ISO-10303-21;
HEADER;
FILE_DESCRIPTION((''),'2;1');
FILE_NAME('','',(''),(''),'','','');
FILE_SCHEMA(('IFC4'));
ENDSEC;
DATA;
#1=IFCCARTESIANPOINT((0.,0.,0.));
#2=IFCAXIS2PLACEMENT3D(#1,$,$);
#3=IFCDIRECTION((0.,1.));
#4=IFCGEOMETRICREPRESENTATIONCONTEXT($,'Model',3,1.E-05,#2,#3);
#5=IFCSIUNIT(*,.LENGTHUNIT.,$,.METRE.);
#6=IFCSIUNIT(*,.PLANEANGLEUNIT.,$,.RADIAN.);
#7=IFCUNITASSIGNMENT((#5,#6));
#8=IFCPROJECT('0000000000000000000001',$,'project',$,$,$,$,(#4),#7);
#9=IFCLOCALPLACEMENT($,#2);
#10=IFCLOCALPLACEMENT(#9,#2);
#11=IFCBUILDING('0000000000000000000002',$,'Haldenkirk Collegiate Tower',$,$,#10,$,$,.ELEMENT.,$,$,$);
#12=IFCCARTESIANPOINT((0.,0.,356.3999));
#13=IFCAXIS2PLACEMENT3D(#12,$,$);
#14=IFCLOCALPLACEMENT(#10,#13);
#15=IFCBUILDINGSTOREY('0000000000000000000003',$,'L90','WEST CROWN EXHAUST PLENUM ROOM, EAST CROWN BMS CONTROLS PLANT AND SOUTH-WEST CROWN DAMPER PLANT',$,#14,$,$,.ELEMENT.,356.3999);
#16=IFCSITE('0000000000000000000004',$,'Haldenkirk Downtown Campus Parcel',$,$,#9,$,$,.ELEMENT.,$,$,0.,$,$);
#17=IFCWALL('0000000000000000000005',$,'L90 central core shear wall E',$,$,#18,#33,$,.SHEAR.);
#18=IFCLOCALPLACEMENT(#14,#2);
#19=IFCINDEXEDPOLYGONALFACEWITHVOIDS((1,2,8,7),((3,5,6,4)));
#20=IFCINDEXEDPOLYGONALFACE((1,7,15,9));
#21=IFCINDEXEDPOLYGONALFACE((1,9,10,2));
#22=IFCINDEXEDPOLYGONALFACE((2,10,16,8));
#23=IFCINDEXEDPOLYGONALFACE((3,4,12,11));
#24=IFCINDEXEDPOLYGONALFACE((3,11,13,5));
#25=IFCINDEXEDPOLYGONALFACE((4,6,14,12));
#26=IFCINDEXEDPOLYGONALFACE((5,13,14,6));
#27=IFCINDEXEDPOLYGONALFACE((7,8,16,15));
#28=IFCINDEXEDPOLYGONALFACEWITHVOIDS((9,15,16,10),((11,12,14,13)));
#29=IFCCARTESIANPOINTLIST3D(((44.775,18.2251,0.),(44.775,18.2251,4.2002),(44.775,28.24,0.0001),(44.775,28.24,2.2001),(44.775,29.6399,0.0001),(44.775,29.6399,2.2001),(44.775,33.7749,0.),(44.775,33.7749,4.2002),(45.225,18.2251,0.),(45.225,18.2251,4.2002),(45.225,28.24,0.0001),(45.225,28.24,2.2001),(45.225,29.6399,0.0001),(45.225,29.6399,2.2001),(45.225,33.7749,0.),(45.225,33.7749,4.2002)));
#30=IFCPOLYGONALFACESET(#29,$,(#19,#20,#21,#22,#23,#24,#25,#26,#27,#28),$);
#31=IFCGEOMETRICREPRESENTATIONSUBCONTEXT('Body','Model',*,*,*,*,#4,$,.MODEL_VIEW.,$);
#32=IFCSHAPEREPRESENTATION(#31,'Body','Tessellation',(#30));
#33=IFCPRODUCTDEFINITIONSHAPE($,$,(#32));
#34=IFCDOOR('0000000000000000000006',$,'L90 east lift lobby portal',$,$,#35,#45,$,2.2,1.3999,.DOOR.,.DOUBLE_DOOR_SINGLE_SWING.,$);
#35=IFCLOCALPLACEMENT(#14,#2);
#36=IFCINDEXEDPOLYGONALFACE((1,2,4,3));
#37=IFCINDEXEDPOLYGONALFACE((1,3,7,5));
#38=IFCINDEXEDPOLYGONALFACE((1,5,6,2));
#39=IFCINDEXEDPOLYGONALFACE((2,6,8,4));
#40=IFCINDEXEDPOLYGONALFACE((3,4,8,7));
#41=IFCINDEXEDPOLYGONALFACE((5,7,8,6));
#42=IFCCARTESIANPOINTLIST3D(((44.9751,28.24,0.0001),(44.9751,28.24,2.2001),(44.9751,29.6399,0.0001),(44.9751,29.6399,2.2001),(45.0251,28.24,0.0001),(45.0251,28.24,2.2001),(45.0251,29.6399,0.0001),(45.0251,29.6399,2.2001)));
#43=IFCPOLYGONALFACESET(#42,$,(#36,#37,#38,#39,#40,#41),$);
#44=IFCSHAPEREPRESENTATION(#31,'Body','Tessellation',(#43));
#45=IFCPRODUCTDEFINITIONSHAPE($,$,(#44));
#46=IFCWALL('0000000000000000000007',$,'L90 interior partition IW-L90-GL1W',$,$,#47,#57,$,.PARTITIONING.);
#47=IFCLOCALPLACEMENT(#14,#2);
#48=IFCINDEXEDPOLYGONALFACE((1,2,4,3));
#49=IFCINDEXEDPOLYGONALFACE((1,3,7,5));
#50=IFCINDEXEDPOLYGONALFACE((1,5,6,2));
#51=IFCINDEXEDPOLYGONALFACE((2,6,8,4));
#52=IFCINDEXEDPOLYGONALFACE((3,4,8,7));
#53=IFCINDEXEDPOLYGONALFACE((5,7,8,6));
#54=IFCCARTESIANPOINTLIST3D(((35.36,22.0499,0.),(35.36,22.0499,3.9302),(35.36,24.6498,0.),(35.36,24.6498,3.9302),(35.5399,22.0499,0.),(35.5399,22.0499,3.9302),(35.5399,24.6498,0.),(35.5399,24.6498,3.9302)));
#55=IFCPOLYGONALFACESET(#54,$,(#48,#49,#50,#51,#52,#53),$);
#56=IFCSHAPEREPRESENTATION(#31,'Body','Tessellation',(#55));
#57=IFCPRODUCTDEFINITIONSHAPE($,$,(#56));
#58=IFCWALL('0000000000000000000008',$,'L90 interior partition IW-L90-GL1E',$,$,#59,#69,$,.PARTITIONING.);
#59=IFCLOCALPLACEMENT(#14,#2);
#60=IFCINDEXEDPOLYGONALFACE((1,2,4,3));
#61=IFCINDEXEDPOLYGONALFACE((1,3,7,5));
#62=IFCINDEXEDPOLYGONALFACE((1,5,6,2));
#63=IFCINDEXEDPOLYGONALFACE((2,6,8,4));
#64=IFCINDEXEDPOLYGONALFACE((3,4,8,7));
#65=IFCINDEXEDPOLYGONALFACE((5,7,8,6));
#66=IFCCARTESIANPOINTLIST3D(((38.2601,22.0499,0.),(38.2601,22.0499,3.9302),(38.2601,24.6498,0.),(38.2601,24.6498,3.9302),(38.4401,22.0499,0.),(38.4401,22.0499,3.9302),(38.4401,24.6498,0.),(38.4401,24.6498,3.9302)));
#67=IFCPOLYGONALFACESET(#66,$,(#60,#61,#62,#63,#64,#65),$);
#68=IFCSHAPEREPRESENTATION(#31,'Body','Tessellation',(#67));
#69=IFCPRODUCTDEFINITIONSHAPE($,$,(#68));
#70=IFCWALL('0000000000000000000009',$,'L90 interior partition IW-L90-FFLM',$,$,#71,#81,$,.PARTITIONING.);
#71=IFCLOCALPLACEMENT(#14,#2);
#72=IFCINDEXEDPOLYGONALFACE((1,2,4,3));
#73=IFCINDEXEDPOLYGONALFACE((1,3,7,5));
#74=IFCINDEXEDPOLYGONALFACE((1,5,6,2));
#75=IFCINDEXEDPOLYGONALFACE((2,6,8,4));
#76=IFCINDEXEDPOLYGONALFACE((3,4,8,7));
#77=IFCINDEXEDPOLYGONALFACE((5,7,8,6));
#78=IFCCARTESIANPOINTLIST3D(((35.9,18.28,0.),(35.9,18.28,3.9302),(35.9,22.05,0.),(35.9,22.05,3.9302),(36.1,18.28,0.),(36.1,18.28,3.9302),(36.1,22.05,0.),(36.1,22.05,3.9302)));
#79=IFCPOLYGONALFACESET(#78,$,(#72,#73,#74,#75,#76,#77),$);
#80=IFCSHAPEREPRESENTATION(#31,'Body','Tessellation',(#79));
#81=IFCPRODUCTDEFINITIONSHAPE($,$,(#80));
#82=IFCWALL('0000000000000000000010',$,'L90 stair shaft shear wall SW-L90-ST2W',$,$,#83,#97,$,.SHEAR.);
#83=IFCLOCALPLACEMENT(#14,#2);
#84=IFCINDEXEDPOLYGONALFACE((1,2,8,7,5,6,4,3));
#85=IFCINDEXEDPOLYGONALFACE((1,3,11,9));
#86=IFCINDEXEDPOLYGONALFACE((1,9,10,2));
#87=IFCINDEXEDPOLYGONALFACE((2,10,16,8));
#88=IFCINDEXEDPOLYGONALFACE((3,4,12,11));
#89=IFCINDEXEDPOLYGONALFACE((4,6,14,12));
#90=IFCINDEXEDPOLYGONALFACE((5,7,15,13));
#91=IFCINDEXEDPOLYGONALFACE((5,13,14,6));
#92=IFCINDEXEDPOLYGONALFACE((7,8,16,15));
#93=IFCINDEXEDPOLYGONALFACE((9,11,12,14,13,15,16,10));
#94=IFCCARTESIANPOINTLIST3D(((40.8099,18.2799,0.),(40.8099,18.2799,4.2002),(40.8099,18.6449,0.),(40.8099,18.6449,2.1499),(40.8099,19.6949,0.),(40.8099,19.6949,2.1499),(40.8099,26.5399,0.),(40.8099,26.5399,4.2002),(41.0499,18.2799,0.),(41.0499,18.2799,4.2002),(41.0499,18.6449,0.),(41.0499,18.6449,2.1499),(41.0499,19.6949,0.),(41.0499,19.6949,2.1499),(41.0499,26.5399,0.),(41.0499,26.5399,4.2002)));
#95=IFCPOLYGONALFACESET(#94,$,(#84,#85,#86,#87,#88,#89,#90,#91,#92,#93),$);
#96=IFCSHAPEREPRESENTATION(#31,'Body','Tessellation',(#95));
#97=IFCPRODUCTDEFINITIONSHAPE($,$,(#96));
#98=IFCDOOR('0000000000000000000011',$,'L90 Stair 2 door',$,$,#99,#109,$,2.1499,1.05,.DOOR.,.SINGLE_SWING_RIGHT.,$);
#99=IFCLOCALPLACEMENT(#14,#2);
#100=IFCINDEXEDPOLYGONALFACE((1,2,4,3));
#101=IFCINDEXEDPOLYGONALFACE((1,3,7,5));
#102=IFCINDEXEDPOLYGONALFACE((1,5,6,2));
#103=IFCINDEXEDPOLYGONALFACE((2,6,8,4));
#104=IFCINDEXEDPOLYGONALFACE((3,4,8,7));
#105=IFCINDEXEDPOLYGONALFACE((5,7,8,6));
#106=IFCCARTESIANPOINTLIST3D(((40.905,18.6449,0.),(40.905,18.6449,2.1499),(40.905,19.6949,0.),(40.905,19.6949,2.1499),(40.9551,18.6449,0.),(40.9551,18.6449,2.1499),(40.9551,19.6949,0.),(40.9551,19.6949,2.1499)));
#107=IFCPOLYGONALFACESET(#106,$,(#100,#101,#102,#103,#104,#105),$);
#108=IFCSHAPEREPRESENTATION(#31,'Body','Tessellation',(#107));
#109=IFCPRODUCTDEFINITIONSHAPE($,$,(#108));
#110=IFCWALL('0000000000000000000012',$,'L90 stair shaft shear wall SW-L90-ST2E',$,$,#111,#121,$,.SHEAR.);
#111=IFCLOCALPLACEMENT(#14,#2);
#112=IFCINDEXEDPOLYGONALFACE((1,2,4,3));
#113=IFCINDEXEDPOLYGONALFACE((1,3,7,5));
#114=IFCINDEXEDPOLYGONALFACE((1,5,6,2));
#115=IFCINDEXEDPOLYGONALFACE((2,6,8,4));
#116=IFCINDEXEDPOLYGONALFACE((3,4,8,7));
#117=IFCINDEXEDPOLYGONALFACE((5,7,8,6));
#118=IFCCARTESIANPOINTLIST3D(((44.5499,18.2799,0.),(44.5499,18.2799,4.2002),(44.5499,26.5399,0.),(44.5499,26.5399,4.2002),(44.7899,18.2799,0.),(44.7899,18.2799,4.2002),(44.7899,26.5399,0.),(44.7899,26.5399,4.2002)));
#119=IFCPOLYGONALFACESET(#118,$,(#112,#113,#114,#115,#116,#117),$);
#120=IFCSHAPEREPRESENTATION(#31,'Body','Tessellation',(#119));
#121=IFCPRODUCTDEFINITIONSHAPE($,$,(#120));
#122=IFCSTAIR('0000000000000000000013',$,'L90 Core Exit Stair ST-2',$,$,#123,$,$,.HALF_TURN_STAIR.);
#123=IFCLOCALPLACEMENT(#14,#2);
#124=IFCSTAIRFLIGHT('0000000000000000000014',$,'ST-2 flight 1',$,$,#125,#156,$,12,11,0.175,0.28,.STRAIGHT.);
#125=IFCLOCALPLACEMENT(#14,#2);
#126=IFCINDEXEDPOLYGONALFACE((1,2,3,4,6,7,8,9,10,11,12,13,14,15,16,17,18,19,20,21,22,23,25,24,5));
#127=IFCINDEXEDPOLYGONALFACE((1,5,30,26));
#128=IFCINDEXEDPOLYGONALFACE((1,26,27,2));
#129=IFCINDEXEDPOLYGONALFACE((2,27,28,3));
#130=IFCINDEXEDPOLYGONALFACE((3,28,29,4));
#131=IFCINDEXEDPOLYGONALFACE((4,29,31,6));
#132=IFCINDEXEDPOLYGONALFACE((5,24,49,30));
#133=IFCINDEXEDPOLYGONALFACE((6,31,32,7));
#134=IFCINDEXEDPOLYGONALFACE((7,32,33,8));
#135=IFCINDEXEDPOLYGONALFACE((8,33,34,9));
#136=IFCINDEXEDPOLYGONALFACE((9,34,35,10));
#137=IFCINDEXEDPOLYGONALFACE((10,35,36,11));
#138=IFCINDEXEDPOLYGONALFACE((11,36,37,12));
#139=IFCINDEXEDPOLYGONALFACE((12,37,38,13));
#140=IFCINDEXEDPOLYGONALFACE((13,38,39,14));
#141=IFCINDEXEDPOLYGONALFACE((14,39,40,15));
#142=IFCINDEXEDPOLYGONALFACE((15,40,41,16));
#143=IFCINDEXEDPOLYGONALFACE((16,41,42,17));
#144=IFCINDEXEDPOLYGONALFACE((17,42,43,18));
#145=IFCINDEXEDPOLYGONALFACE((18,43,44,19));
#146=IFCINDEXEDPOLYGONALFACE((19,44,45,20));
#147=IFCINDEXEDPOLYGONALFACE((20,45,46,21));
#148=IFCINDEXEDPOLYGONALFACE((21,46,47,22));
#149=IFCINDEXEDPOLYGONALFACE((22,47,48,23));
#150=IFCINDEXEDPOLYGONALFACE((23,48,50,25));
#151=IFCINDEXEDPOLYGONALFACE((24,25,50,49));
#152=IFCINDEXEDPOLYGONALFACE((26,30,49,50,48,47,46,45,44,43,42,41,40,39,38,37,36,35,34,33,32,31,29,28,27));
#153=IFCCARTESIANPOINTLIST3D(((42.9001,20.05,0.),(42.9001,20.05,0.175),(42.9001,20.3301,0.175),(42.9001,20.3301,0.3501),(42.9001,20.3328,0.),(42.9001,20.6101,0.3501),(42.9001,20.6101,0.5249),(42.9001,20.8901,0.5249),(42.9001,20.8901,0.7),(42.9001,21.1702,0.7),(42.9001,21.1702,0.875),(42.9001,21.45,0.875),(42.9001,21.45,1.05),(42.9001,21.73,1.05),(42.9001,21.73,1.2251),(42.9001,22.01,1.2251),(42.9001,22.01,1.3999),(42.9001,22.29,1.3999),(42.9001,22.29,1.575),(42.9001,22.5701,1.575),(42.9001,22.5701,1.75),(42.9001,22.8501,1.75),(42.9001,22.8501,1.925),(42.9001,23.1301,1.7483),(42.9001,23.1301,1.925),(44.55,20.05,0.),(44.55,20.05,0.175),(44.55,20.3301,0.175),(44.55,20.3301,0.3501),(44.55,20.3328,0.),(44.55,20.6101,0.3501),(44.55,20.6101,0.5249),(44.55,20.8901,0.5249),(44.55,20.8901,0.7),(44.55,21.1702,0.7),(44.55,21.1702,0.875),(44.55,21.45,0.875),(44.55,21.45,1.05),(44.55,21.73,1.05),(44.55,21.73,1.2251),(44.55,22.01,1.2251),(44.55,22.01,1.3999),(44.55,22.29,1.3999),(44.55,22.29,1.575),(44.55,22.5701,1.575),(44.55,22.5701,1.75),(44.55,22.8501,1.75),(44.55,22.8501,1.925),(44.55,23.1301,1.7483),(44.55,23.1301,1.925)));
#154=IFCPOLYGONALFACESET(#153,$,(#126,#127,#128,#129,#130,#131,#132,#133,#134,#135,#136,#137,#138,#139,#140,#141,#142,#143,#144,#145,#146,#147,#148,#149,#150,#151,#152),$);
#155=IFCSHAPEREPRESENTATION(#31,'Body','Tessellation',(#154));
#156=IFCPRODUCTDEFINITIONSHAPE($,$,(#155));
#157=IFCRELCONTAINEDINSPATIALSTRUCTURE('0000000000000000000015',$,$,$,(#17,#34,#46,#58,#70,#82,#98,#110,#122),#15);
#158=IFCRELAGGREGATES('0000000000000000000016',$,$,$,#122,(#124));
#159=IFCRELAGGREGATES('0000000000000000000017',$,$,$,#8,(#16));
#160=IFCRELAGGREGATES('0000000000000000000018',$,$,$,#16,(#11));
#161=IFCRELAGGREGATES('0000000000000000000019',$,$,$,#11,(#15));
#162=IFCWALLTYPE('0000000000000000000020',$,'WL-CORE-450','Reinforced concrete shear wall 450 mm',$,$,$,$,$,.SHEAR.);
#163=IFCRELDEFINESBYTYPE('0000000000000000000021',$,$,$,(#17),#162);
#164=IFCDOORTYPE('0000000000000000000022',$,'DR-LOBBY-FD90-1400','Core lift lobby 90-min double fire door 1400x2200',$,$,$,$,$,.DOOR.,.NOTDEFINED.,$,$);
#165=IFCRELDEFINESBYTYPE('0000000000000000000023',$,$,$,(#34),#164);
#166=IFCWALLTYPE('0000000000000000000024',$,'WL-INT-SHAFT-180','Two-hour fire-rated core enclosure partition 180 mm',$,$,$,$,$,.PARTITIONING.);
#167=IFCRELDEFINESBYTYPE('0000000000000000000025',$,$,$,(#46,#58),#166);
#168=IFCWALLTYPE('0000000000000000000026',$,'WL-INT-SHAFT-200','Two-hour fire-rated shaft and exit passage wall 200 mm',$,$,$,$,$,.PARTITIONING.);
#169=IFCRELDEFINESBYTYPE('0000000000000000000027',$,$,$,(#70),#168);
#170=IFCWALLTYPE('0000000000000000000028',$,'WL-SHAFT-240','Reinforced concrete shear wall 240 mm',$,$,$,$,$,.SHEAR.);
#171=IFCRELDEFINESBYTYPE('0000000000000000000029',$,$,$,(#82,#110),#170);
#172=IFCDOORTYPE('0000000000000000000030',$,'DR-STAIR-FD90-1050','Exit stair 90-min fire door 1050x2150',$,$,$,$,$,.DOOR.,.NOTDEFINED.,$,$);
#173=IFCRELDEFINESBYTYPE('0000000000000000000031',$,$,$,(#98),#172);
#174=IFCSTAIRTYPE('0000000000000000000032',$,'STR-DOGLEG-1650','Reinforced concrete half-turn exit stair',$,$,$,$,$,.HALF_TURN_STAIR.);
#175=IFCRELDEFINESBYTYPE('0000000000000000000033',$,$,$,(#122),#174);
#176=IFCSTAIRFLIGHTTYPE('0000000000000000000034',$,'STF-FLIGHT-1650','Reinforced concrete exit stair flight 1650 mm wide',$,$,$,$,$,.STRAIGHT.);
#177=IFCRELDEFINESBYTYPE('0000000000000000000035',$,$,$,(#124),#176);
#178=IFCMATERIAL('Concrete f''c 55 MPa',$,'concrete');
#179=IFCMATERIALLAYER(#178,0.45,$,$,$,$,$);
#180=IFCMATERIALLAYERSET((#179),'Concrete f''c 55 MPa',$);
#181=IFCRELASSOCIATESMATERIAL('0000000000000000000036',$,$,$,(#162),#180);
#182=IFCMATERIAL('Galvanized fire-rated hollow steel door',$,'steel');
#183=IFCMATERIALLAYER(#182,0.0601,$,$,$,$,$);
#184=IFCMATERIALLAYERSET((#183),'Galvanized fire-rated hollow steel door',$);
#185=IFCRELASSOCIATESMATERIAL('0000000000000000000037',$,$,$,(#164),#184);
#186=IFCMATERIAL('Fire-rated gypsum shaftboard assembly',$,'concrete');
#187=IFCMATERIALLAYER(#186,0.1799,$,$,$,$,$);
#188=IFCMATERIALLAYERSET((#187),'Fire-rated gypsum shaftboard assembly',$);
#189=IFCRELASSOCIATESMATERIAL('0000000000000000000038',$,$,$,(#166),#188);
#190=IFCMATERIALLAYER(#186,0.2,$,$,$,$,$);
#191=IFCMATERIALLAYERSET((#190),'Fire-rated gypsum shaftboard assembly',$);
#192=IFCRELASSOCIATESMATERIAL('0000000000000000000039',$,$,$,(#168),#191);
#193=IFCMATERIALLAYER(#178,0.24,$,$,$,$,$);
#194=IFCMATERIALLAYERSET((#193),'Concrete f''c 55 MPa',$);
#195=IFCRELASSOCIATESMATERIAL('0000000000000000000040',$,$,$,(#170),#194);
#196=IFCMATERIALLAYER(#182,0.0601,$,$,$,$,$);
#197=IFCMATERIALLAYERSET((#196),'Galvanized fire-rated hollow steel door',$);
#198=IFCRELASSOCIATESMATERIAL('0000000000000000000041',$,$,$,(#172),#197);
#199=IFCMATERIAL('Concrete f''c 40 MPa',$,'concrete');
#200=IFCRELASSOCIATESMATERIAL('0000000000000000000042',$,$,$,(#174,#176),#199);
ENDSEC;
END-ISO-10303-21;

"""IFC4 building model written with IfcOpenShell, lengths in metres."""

from ifc_helpers import new_model, si_unit, direction, frame, frame_2d, origin, place, context, subcontext, project, spatial, polyline, rectangle, outline, extrude, material, layer, layer_set, type_object, element, fill, aggregate, save


model = new_model("IFC4")

# Units and contexts
model_context = context("Model", 3, precision=1e-05, world=origin(), true_north=direction((0.0, 1.0)))
body_context = subcontext(model_context, "Body", "Model", "MODEL_VIEW")
ifc_project = project(units=[si_unit("LENGTHUNIT", "METRE"), si_unit("PLANEANGLEUNIT", "RADIAN")], contexts=[model_context])

# Site, building, storey
site_placement = place(None, origin())
site = spatial("IfcSite", under=ifc_project, at=site_placement, Name="Haldenkirk Downtown Campus Parcel", CompositionType="ELEMENT", RefElevation=0.0)
building_placement = place(site_placement, origin())
building = spatial("IfcBuilding", under=site, at=building_placement, Name="Haldenkirk Collegiate Tower", CompositionType="ELEMENT")
storey_placement = place(building_placement, frame((0.0, 0.0, 356.3999)))
storey = spatial("IfcBuildingStorey", under=building, at=storey_placement, Name="L90", Description="WEST CROWN EXHAUST PLENUM ROOM, EAST CROWN BMS CONTROLS PLANT AND SOUTH-WEST CROWN DAMPER PLANT", CompositionType="ELEMENT", Elevation=356.3999)

# Wall, opening, door
ifc_material_1 = material(Name="Concrete f'c 55 MPa", Category="concrete")
ifc_layer_1 = layer(ifc_material_1, 0.45)
ifc_layer_set_1 = layer_set([ifc_layer_1], Name="Concrete f'c 55 MPa")
wall_type_1 = type_object("IfcWallType", Name="WL-CORE-450", Description="Reinforced concrete shear wall 450 mm", PredefinedType="SHEAR", material=ifc_layer_set_1)
wall_1_placement = place(storey_placement, frame((45.0, 18.2251, 0.0), z_axis=(0.0, 0.0, 1.0), x_axis=(0.0, 1.0, 0.0)))
wall_1 = element("IfcWall", 1, at=wall_1_placement, inside=storey, type_object=wall_type_1, Name="L90 central core shear wall E", PredefinedType="SHEAR", context=body_context, shape_type="SweptSolid", body=[
    extrude(rectangle(XDim=15.5498, YDim=0.45, at=frame_2d((7.7749, 0.0))), origin(), (0.0, 0.0, 1.0), 4.2002),
])
opening_1_placement = place(wall_1_placement, frame((10.0149, 0.0, 0.0)))
opening_1 = element("IfcOpeningElement", 2, at=opening_1_placement, cuts=wall_1, PredefinedType="OPENING", context=body_context, shape_type="SweptSolid", body=[
    extrude(rectangle(XDim=1.3999, YDim=2.2, at=frame_2d((0.7, 1.1001))), frame((0.0, 0.2349, 0.0), z_axis=(0.0, -1.0, 0.0), x_axis=(1.0, 0.0, 0.0)), (0.0, 0.0, 1.0), 0.47),
])
ifc_material_2 = material(Name="Galvanized fire-rated hollow steel door", Category="steel")
ifc_layer_2 = layer(ifc_material_2, 0.0601)
ifc_layer_set_2 = layer_set([ifc_layer_2], Name="Galvanized fire-rated hollow steel door")
door_type_1 = type_object("IfcDoorType", Name="DR-LOBBY-FD90-1400", Description="Core lift lobby 90-min double fire door 1400x2200", OperationType="NOTDEFINED", PredefinedType="DOOR", material=ifc_layer_set_2)
door_1_placement = place(opening_1_placement, origin())
door_1 = element("IfcDoor", 3, at=door_1_placement, inside=storey, type_object=door_type_1, Name="L90 east lift lobby portal", OperationType="DOUBLE_DOOR_SINGLE_SWING", OverallHeight=2.2, OverallWidth=1.3999, PredefinedType="DOOR", context=body_context, shape_type="SweptSolid", body=[
    extrude(rectangle(XDim=1.3999, YDim=2.2, at=frame_2d((0.7, 1.1001))), frame((0.0, 0.0249, 0.0), z_axis=(0.0, -1.0, 0.0), x_axis=(1.0, 0.0, 0.0)), (0.0, 0.0, 1.0), 0.05),
])
fill(opening_1, door_1)

# Walls
ifc_material_3 = material(Name="Fire-rated gypsum shaftboard assembly", Category="concrete")
ifc_layer_3 = layer(ifc_material_3, 0.1799)
ifc_layer_set_3 = layer_set([ifc_layer_3], Name="Fire-rated gypsum shaftboard assembly")
wall_type_2 = type_object("IfcWallType", Name="WL-INT-SHAFT-180", Description="Two-hour fire-rated core enclosure partition 180 mm", PredefinedType="PARTITIONING", material=ifc_layer_set_3)
for number, where, z_axis, x_axis, name in (
    (4, (35.45, 22.05, 0.0), (0.0, 0.0, 1.0), (0.0, 1.0, 0.0), "L90 interior partition IW-L90-GL1W"),
    (5, (38.3501, 22.05, 0.0), (0.0, 0.0, 1.0), (0.0, 1.0, 0.0), "L90 interior partition IW-L90-GL1E"),
):
    element("IfcWall", number, at=place(storey_placement, frame(where, z_axis=z_axis, x_axis=x_axis)), inside=storey, type_object=wall_type_2, Name=name, PredefinedType="PARTITIONING", context=body_context, shape_type="SweptSolid", body=[
        extrude(rectangle(XDim=2.5999, YDim=0.1799, at=frame_2d((1.2998, 0.0))), origin(), (0.0, 0.0, 1.0), 3.9302),
    ])
ifc_layer_4 = layer(ifc_material_3, 0.2)
ifc_layer_set_4 = layer_set([ifc_layer_4], Name="Fire-rated gypsum shaftboard assembly")
wall_type_3 = type_object("IfcWallType", Name="WL-INT-SHAFT-200", Description="Two-hour fire-rated shaft and exit passage wall 200 mm", PredefinedType="PARTITIONING", material=ifc_layer_set_4)
wall_2_placement = place(storey_placement, frame((36.0, 18.28, 0.0), z_axis=(0.0, 0.0, 1.0), x_axis=(0.0, 1.0, 0.0)))
element("IfcWall", 6, at=wall_2_placement, inside=storey, type_object=wall_type_3, Name="L90 interior partition IW-L90-FFLM", PredefinedType="PARTITIONING", context=body_context, shape_type="SweptSolid", body=[
    extrude(rectangle(XDim=3.77, YDim=0.2, at=frame_2d((1.885, 0.0))), origin(), (0.0, 0.0, 1.0), 3.9302),
])

# Wall, opening, door
ifc_layer_5 = layer(ifc_material_1, 0.24)
ifc_layer_set_5 = layer_set([ifc_layer_5], Name="Concrete f'c 55 MPa")
wall_type_4 = type_object("IfcWallType", Name="WL-SHAFT-240", Description="Reinforced concrete shear wall 240 mm", PredefinedType="SHEAR", material=ifc_layer_set_5)
wall_3_placement = place(storey_placement, frame((40.9299, 18.28, 0.0), z_axis=(0.0, 0.0, 1.0), x_axis=(0.0, 1.0, 0.0)))
wall_3 = element("IfcWall", 7, at=wall_3_placement, inside=storey, type_object=wall_type_4, Name="L90 stair shaft shear wall SW-L90-ST2W", PredefinedType="SHEAR", context=body_context, shape_type="SweptSolid", body=[
    extrude(rectangle(XDim=8.26, YDim=0.24, at=frame_2d((4.1299, 0.0))), origin(), (0.0, 0.0, 1.0), 4.2002),
])
opening_2_placement = place(wall_3_placement, frame((0.365, 0.0, 0.0)))
opening_2 = element("IfcOpeningElement", 8, at=opening_2_placement, cuts=wall_3, PredefinedType="OPENING", context=body_context, shape_type="SweptSolid", body=[
    extrude(rectangle(XDim=1.05, YDim=2.1499, at=frame_2d((0.5249, 1.075))), frame((0.0, 0.1299, 0.0), z_axis=(0.0, -1.0, 0.0), x_axis=(1.0, 0.0, 0.0)), (0.0, 0.0, 1.0), 0.26),
])
ifc_layer_6 = layer(ifc_material_2, 0.0601)
ifc_layer_set_6 = layer_set([ifc_layer_6], Name="Galvanized fire-rated hollow steel door")
door_type_2 = type_object("IfcDoorType", Name="DR-STAIR-FD90-1050", Description="Exit stair 90-min fire door 1050x2150", OperationType="NOTDEFINED", PredefinedType="DOOR", material=ifc_layer_set_6)
door_2_placement = place(opening_2_placement, origin())
door_2 = element("IfcDoor", 9, at=door_2_placement, inside=storey, type_object=door_type_2, Name="L90 Stair 2 door", OperationType="SINGLE_SWING_RIGHT", OverallHeight=2.1499, OverallWidth=1.05, PredefinedType="DOOR", context=body_context, shape_type="SweptSolid", body=[
    extrude(rectangle(XDim=1.05, YDim=2.1499, at=frame_2d((0.5249, 1.075))), frame((0.0, 0.0249, 0.0), z_axis=(0.0, -1.0, 0.0), x_axis=(1.0, 0.0, 0.0)), (0.0, 0.0, 1.0), 0.05),
])
fill(opening_2, door_2)

# Wall
wall_4_placement = place(storey_placement, frame((44.6699, 18.28, 0.0), z_axis=(0.0, 0.0, 1.0), x_axis=(0.0, 1.0, 0.0)))
element("IfcWall", 10, at=wall_4_placement, inside=storey, type_object=wall_type_4, Name="L90 stair shaft shear wall SW-L90-ST2E", PredefinedType="SHEAR", context=body_context, shape_type="SweptSolid", body=[
    extrude(rectangle(XDim=8.26, YDim=0.24, at=frame_2d((4.1299, 0.0))), origin(), (0.0, 0.0, 1.0), 4.2002),
])

# Stair, stair flight
ifc_material_4 = material(Name="Concrete f'c 40 MPa", Category="concrete")
stair_type = type_object("IfcStairType", Name="STR-DOGLEG-1650", Description="Reinforced concrete half-turn exit stair", PredefinedType="HALF_TURN_STAIR", material=ifc_material_4)
stair_placement = place(storey_placement, origin())
stair = element("IfcStair", 11, at=stair_placement, inside=storey, type_object=stair_type, Name="L90 Core Exit Stair ST-2", PredefinedType="HALF_TURN_STAIR")
stair_flight_type = type_object("IfcStairFlightType", Name="STF-FLIGHT-1650", Description="Reinforced concrete exit stair flight 1650 mm wide", PredefinedType="STRAIGHT", material=ifc_material_4)
stair_flight_1_placement = place(storey_placement, frame((43.7251, 20.05, 0.0), z_axis=(0.0, 0.0, 1.0), x_axis=(0.0, 1.0, 0.0)))
stair_flight_1 = element("IfcStairFlight", 12, at=stair_flight_1_placement, type_object=stair_flight_type, Name="ST-2 flight 1", NumberOfRisers=12, NumberOfTreads=11, PredefinedType="STRAIGHT", RiserHeight=0.175, TreadLength=0.28, context=body_context, shape_type="SweptSolid", body=[
    extrude(outline(polyline([(0.0, 0.0), (0.0, 0.175), (0.28, 0.175), (0.28, 0.3501), (0.5601, 0.3501), (0.5601, 0.5249), (0.8401, 0.5249), (0.8401, 0.7), (1.1201, 0.7), (1.1201, 0.875), (1.3999, 0.875), (1.3999, 1.05), (1.6799, 1.05), (1.6799, 1.2251), (1.96, 1.2251), (1.96, 1.3999), (2.24, 1.3999), (2.24, 1.575), (2.52, 1.575), (2.52, 1.75), (2.8, 1.75), (2.8, 1.925), (3.0801, 1.925), (3.0801, 2.1001), (3.0801, 1.7483), (0.2827, 0.0), (0.0, 0.0)])), frame((0.0, 0.825, 0.0), z_axis=(0.0, -1.0, 0.0), x_axis=(1.0, 0.0, 0.0)), (0.0, 0.0, 1.0), 1.6499),
])
aggregate(stair, [stair_flight_1])

save(model, "model.ifc")
